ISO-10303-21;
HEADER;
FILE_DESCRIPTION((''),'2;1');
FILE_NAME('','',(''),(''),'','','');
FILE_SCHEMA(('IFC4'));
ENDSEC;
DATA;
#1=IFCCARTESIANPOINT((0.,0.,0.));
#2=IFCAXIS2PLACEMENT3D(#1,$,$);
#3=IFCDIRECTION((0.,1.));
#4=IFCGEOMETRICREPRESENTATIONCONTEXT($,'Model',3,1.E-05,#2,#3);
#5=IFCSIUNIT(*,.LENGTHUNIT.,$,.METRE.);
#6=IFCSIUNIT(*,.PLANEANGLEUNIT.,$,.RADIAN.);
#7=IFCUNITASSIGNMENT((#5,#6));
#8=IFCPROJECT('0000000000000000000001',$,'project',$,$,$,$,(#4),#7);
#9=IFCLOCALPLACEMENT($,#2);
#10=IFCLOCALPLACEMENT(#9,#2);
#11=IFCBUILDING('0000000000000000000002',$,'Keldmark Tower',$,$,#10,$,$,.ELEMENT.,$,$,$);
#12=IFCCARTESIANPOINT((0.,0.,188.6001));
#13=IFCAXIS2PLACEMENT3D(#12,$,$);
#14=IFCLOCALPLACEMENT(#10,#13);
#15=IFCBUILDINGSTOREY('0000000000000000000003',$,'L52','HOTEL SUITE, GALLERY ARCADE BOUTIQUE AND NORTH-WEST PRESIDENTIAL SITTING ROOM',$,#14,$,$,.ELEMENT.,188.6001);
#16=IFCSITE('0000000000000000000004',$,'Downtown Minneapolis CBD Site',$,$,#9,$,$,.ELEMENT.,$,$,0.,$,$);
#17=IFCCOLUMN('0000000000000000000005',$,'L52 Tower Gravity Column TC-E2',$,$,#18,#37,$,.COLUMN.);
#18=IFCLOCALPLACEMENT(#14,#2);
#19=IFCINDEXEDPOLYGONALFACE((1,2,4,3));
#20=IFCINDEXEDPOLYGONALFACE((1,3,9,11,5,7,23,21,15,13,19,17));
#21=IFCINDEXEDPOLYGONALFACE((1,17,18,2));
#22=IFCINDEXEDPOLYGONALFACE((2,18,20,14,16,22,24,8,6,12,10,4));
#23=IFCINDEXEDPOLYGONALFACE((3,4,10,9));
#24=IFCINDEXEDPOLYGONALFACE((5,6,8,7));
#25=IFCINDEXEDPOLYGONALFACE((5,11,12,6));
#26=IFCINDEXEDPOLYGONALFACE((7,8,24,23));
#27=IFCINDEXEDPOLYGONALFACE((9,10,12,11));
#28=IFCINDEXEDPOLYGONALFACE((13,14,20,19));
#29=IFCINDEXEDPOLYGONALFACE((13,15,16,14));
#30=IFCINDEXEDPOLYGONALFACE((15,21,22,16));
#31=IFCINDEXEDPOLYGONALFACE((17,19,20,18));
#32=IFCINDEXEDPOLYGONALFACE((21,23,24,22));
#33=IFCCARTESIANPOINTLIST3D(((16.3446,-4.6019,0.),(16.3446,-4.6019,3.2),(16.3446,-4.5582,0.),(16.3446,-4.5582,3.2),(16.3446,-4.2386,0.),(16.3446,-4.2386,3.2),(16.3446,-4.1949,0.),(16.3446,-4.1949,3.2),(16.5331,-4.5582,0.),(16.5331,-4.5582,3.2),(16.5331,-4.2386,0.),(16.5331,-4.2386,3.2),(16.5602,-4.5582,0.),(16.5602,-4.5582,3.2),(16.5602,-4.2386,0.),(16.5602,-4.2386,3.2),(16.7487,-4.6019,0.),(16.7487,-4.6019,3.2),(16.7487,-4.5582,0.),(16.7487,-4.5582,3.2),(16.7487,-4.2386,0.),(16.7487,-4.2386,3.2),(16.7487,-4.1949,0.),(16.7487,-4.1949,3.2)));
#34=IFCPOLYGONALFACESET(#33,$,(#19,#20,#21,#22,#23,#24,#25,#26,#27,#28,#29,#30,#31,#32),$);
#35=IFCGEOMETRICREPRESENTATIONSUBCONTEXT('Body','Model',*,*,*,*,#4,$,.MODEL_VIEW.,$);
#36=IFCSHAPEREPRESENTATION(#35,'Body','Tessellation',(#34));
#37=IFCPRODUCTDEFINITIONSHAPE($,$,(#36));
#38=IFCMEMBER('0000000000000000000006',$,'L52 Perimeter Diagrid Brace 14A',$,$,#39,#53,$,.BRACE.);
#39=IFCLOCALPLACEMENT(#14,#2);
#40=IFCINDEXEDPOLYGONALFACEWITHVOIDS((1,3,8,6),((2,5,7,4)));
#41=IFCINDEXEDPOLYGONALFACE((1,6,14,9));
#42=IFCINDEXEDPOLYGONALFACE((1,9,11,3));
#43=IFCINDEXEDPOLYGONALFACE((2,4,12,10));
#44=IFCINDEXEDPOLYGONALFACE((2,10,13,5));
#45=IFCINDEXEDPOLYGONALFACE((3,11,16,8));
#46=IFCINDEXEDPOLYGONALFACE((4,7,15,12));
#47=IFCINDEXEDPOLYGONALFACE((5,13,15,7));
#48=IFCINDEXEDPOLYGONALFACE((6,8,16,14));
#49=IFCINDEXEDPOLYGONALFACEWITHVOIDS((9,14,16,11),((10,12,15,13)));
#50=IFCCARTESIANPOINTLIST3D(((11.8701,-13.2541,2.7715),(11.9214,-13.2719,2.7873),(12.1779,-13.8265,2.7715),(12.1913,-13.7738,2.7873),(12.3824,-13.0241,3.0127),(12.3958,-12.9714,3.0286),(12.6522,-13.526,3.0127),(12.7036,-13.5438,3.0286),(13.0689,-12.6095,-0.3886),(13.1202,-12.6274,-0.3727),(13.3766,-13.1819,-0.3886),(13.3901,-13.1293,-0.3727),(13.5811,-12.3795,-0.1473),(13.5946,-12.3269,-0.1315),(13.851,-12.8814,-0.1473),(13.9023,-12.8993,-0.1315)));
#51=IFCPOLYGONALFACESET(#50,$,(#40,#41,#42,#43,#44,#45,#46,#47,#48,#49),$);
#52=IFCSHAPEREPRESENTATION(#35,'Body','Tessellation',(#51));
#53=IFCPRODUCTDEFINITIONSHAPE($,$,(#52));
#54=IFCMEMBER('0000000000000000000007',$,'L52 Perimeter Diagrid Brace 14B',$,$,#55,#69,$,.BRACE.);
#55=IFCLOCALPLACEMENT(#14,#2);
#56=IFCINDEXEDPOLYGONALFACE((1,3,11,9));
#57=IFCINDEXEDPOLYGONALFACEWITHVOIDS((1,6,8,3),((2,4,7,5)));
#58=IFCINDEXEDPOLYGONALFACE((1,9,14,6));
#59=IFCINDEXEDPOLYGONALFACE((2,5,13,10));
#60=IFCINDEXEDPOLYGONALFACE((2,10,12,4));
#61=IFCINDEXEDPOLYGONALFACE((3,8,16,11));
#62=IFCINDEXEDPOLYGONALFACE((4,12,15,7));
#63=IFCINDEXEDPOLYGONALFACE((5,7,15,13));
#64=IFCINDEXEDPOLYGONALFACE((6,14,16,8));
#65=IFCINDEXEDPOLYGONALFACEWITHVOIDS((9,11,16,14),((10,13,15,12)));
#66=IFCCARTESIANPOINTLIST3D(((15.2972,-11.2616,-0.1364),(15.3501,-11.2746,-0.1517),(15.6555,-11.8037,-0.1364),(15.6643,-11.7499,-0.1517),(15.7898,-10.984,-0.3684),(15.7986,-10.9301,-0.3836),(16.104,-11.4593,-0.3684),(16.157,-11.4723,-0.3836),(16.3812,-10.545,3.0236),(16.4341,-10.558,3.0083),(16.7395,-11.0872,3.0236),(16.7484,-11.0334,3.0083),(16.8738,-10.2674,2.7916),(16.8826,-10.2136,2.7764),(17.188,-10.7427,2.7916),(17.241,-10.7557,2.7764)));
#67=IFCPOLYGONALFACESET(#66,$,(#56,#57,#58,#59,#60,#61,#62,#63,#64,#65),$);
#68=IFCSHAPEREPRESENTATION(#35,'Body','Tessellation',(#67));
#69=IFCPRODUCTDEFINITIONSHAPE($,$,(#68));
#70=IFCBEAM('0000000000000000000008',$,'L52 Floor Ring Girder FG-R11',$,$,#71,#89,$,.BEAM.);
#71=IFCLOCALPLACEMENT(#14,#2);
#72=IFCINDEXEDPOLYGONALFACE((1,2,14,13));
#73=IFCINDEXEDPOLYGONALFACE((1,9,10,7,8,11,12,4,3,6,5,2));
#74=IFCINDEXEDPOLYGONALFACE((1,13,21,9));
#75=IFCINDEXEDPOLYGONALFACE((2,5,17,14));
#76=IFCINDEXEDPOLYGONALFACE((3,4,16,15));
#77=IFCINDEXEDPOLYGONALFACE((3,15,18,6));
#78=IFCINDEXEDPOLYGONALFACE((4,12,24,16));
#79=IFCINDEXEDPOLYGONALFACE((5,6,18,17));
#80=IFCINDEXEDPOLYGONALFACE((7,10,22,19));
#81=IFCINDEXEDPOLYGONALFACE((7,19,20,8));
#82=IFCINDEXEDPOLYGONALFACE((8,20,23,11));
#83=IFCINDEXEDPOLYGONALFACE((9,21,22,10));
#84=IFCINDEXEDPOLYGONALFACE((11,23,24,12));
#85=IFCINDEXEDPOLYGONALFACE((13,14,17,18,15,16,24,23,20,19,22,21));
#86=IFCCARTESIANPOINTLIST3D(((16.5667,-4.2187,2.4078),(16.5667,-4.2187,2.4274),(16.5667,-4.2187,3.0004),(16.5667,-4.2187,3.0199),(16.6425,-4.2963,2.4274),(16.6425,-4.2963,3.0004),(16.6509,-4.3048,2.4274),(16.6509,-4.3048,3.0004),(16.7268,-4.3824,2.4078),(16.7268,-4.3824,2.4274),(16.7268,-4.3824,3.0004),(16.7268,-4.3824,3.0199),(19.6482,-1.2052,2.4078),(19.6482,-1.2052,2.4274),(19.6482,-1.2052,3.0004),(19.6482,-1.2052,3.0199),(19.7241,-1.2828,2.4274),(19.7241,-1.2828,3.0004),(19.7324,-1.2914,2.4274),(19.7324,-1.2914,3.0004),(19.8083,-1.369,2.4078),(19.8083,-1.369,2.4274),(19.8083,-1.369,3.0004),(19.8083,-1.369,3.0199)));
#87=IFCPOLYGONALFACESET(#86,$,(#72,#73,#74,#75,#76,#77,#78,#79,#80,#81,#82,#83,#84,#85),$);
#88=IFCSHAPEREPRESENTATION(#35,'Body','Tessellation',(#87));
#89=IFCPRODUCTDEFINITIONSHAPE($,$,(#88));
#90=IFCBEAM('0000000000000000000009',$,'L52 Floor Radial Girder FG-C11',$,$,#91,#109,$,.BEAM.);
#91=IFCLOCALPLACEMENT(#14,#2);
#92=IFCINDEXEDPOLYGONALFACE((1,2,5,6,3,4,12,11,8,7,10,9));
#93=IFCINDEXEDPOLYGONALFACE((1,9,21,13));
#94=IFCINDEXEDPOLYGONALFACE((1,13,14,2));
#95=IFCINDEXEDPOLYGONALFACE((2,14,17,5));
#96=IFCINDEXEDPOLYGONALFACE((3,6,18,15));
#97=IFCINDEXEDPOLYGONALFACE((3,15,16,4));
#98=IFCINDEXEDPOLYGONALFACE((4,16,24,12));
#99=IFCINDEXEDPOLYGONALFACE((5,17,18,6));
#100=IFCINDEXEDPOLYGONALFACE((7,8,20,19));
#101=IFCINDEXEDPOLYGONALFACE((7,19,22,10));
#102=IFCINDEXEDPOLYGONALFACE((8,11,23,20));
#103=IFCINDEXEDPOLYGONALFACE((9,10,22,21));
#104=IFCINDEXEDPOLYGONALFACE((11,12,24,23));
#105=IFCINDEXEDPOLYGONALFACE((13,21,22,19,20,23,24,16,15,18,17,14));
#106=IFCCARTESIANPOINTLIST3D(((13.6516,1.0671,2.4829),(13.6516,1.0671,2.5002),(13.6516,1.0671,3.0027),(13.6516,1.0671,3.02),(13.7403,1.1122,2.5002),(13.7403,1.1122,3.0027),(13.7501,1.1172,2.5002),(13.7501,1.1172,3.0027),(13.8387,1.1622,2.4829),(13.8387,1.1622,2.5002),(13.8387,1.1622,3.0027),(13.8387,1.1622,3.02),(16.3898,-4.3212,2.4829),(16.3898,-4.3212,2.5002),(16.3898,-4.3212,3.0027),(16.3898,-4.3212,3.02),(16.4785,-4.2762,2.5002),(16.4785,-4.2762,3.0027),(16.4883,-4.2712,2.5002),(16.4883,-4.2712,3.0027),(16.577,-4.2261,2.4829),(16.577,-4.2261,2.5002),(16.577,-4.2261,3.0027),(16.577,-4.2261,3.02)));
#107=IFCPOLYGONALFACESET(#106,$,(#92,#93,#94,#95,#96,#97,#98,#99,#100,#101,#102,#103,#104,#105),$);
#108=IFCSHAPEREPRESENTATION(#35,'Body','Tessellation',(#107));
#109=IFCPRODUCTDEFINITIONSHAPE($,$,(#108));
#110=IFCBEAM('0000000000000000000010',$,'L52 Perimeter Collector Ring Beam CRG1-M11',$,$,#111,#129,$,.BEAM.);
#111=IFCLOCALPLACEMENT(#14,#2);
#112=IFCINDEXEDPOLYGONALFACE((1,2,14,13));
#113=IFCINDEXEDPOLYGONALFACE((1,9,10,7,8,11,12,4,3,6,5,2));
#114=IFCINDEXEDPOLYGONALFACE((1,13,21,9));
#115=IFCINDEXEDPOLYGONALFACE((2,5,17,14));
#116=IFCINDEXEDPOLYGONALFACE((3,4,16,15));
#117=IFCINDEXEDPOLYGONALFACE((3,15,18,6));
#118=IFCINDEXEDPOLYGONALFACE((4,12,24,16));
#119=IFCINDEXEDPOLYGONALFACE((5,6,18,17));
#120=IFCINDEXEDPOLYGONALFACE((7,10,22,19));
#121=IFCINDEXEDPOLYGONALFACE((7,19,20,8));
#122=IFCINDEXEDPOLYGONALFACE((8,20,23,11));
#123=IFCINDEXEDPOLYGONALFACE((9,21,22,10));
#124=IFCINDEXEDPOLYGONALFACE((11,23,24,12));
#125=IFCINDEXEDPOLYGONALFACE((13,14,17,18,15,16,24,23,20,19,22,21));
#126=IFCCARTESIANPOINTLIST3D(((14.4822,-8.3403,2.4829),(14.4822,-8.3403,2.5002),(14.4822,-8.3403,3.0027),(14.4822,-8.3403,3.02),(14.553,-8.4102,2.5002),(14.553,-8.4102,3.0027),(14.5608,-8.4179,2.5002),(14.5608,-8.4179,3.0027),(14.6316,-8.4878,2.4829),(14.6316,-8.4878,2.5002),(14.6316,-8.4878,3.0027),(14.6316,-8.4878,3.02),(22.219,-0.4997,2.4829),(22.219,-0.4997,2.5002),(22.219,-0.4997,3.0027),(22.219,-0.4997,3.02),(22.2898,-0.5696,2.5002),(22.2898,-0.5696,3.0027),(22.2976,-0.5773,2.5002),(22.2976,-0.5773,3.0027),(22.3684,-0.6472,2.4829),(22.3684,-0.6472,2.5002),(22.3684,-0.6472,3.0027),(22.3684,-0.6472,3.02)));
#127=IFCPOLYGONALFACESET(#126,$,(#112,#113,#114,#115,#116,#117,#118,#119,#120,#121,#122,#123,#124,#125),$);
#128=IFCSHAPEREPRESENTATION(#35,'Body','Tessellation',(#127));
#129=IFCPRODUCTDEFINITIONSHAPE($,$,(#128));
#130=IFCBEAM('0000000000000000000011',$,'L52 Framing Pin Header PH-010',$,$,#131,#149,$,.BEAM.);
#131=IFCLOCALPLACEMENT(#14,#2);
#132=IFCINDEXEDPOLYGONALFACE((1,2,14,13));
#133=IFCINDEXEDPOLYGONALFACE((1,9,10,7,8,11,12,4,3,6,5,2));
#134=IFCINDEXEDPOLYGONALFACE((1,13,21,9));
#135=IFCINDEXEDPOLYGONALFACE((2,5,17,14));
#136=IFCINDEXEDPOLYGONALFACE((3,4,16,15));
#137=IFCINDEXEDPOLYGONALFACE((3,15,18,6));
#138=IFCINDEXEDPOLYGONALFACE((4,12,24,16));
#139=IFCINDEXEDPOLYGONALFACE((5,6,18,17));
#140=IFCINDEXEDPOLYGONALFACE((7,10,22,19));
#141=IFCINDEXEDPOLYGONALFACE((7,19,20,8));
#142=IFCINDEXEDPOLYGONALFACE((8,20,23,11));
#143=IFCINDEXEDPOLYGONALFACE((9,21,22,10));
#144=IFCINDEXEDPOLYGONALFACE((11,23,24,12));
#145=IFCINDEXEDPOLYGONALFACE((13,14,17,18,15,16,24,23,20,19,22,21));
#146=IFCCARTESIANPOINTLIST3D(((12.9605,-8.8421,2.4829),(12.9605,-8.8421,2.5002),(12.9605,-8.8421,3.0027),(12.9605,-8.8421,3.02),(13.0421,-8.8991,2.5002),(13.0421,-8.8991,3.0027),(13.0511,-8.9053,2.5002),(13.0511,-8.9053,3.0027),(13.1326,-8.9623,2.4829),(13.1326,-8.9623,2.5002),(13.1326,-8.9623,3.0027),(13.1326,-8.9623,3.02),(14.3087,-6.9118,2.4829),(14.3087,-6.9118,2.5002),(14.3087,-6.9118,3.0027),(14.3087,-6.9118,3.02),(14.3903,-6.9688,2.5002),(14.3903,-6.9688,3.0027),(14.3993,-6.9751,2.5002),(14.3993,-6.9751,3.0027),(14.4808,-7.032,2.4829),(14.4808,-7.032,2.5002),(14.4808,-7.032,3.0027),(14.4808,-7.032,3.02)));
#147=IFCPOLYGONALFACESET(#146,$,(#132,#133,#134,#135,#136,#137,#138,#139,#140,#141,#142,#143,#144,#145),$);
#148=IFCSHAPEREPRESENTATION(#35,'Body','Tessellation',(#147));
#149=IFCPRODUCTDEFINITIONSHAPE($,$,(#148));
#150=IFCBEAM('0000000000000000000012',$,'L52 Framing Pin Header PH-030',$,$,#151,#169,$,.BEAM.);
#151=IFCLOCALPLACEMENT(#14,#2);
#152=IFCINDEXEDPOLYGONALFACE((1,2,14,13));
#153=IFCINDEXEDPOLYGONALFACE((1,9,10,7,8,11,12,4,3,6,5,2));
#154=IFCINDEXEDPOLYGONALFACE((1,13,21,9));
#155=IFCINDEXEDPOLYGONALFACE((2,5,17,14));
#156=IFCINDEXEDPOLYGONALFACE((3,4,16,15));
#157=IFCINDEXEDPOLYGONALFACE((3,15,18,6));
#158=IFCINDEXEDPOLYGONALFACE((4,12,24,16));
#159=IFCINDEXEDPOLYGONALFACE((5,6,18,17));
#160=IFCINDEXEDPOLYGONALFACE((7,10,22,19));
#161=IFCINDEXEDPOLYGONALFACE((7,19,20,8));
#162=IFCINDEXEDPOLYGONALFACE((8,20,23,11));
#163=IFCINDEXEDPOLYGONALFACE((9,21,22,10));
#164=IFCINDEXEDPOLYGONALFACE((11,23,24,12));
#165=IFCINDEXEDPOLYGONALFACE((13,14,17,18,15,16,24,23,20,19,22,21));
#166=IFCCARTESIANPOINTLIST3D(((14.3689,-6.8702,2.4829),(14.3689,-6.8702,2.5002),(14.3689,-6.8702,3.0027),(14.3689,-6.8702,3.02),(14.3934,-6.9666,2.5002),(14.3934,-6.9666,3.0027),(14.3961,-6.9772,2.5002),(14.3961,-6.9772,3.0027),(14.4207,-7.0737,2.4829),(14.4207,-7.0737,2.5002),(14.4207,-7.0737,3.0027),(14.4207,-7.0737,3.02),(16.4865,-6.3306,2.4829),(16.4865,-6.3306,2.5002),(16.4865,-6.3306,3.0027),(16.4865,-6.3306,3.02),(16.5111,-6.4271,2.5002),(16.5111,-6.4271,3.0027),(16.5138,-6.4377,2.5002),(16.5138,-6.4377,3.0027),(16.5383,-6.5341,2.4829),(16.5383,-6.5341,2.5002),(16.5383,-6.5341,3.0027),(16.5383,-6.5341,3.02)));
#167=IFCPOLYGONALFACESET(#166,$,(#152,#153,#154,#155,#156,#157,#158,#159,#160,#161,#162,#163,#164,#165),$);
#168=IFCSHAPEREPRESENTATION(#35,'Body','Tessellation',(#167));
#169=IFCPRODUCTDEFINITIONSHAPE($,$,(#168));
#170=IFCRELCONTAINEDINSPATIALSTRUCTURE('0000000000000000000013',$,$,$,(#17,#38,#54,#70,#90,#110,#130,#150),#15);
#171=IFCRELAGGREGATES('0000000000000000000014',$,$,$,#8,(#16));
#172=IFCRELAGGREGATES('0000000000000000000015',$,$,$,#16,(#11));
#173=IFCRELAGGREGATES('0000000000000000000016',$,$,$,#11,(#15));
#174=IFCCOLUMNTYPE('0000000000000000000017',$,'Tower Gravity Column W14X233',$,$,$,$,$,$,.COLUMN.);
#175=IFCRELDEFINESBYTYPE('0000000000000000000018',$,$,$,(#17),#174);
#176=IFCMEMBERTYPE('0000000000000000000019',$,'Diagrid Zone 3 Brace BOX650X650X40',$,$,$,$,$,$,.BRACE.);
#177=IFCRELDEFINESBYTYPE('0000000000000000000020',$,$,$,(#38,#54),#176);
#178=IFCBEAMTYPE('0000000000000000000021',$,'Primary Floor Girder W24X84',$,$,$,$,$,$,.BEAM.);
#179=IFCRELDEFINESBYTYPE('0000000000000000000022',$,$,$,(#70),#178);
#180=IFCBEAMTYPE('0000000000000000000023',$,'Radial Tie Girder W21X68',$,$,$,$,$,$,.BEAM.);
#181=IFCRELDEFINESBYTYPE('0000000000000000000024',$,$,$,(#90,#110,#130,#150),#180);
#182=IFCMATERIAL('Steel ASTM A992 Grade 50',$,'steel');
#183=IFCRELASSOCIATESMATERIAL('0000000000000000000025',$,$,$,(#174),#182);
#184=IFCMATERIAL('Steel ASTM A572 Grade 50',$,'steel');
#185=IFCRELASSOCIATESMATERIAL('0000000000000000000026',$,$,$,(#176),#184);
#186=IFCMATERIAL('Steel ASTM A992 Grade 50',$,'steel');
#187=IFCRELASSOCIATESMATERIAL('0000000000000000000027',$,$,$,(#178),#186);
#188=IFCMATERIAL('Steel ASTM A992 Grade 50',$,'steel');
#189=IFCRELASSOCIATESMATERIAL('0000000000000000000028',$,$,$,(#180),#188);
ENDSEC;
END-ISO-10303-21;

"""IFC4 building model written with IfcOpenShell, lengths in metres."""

from ifc_helpers import new_model, si_unit, direction, frame, origin, origin_2d, place, context, subcontext, project, spatial, hollow_rectangle, i_section, extrude, material, material_profile, profile_set, type_object, element, save


model = new_model("IFC4")

# Units and contexts
model_context = context("Model", 3, precision=1e-05, world=origin(), true_north=direction((0.0, 1.0)))
body_context = subcontext(model_context, "Body", "Model", "MODEL_VIEW")
ifc_project = project(units=[si_unit("LENGTHUNIT", "METRE"), si_unit("PLANEANGLEUNIT", "RADIAN")], contexts=[model_context])

# Site, building, storey
site_placement = place(None, origin())
site = spatial("IfcSite", under=ifc_project, at=site_placement, Name="Downtown Minneapolis CBD Site", CompositionType="ELEMENT", RefElevation=0.0)
building_placement = place(site_placement, origin())
building = spatial("IfcBuilding", under=site, at=building_placement, Name="Keldmark Tower", CompositionType="ELEMENT")
storey_placement = place(building_placement, frame((0.0, 0.0, 188.6001)))
storey = spatial("IfcBuildingStorey", under=building, at=storey_placement, Name="L52", Description="HOTEL SUITE, GALLERY ARCADE BOUTIQUE AND NORTH-WEST PRESIDENTIAL SITTING ROOM", CompositionType="ELEMENT", Elevation=188.6001)

# Column
ifc_material_1 = material(Name="Steel ASTM A992 Grade 50", Category="steel")
ifc_material_profile_1 = material_profile(ifc_material_1, i_section(OverallWidth=0.4041, OverallDepth=0.407, WebThickness=0.0271, FlangeThickness=0.0437, at=origin_2d()), Name="W14X233")
ifc_profile_set_1 = profile_set([ifc_material_profile_1], Name="Steel ASTM A992 Grade 50")
column_type = type_object("IfcColumnType", Name="Tower Gravity Column W14X233", PredefinedType="COLUMN", material=ifc_profile_set_1)
column_placement = place(storey_placement, frame((16.5466, -4.3984, 0.0), z_axis=(0.0, 0.0, 1.0), x_axis=(1.0, 0.0, 0.0)))
element("IfcColumn", 1, at=column_placement, inside=storey, type_object=column_type, Name="L52 Tower Gravity Column TC-E2", PredefinedType="COLUMN", context=body_context, shape_type="SweptSolid", body=[
    extrude(i_section(OverallWidth=0.4041, OverallDepth=0.407, WebThickness=0.0271, FlangeThickness=0.0437, at=origin_2d()), origin(), (0.0, 0.0, 1.0), 3.2),
])

# Members
ifc_material_2 = material(Name="Steel ASTM A572 Grade 50", Category="steel")
ifc_material_profile_2 = material_profile(ifc_material_2, hollow_rectangle(XDim=0.6499, YDim=0.6499, WallThickness=0.04, at=origin_2d()), Name="BOX650X650X40")
ifc_profile_set_2 = profile_set([ifc_material_profile_2], Name="Steel ASTM A572 Grade 50")
member_type = type_object("IfcMemberType", Name="Diagrid Zone 3 Brace BOX650X650X40", PredefinedType="BRACE", material=ifc_profile_set_2)
member_1_placement = place(storey_placement, frame((13.4856, -12.7544, -0.26), z_axis=(-0.348412, -0.187334, 0.918431), x_axis=(0.473565, -0.880759, 0.0)))
element("IfcMember", 2, at=member_1_placement, inside=storey, type_object=member_type, Name="L52 Perimeter Diagrid Brace 14A", PredefinedType="BRACE", context=body_context, shape_type="SweptSolid", body=[
    extrude(hollow_rectangle(XDim=0.6499, YDim=0.6499, WallThickness=0.04, at=origin_2d()), origin(), (0.0, 0.0, 1.0), 3.4407),
])
member_2_placement = place(storey_placement, frame((15.7271, -11.3669, -0.26), z_axis=(0.317265, 0.209724, 0.924856), x_axis=(-0.551444, 0.834212, 0.0)))
element("IfcMember", 3, at=member_2_placement, inside=storey, type_object=member_type, Name="L52 Perimeter Diagrid Brace 14B", PredefinedType="BRACE", context=body_context, shape_type="SweptSolid", body=[
    extrude(hollow_rectangle(XDim=0.6499, YDim=0.6499, WallThickness=0.04, at=origin_2d()), origin(), (0.0, 0.0, 1.0), 3.4167),
])

# Beams
ifc_material_3 = material(Name="Steel ASTM A992 Grade 50", Category="steel")
ifc_material_profile_3 = material_profile(ifc_material_3, i_section(OverallWidth=0.229, OverallDepth=0.6121, WebThickness=0.012, FlangeThickness=0.0195, at=origin_2d()), Name="W24X84")
ifc_profile_set_3 = profile_set([ifc_material_profile_3], Name="Steel ASTM A992 Grade 50")
beam_type_1 = type_object("IfcBeamType", Name="Primary Floor Girder W24X84", PredefinedType="BEAM", material=ifc_profile_set_3)
beam_1_placement = place(storey_placement, frame((16.6467, -4.3005, 2.7139), z_axis=(0.714965, 0.699161, 0.0), x_axis=(-0.699161, 0.714965, 0.0)))
element("IfcBeam", 4, at=beam_1_placement, inside=storey, type_object=beam_type_1, Name="L52 Floor Ring Girder FG-R11", PredefinedType="BEAM", context=body_context, shape_type="SweptSolid", body=[
    extrude(i_section(OverallWidth=0.229, OverallDepth=0.6121, WebThickness=0.012, FlangeThickness=0.0195, at=origin_2d()), origin(), (0.0, 0.0, 1.0), 4.3101),
])
ifc_material_4 = material(Name="Steel ASTM A992 Grade 50", Category="steel")
ifc_material_profile_4 = material_profile(ifc_material_4, i_section(OverallWidth=0.21, OverallDepth=0.5371, WebThickness=0.011, FlangeThickness=0.0173, at=origin_2d()), Name="W21X68")
ifc_profile_set_4 = profile_set([ifc_material_profile_4], Name="Steel ASTM A992 Grade 50")
beam_type_2 = type_object("IfcBeamType", Name="Radial Tie Girder W21X68", PredefinedType="BEAM", material=ifc_profile_set_4)
beam_2_placement = place(storey_placement, frame((16.4834, -4.2737, 2.7515), z_axis=(-0.453037, 0.891492, 0.0), x_axis=(-0.891492, -0.453037, 0.0)))
element("IfcBeam", 5, at=beam_2_placement, inside=storey, type_object=beam_type_2, Name="L52 Floor Radial Girder FG-C11", PredefinedType="BEAM", context=body_context, shape_type="SweptSolid", body=[
    extrude(i_section(OverallWidth=0.21, OverallDepth=0.5371, WebThickness=0.011, FlangeThickness=0.0173, at=origin_2d()), origin(), (0.0, 0.0, 1.0), 6.0442),
])
beam_3_placement = place(storey_placement, frame((14.5569, -8.4141, 2.7515), z_axis=(0.702381, 0.711801, 0.0), x_axis=(-0.711801, 0.702381, 0.0)))
element("IfcBeam", 6, at=beam_3_placement, inside=storey, type_object=beam_type_2, Name="L52 Perimeter Collector Ring Beam CRG1-M11", PredefinedType="BEAM", context=body_context, shape_type="SweptSolid", body=[
    extrude(i_section(OverallWidth=0.21, OverallDepth=0.5371, WebThickness=0.011, FlangeThickness=0.0173, at=origin_2d()), origin(), (0.0, 0.0, 1.0), 11.0151),
])
beam_4_placement = place(storey_placement, frame((14.3948, -6.9719, 2.7515), z_axis=(-0.572613, -0.819826, 0.0), x_axis=(0.819826, -0.572613, 0.0)))
element("IfcBeam", 7, at=beam_4_placement, inside=storey, type_object=beam_type_2, Name="L52 Framing Pin Header PH-010", PredefinedType="BEAM", context=body_context, shape_type="SweptSolid", body=[
    extrude(i_section(OverallWidth=0.21, OverallDepth=0.5371, WebThickness=0.011, FlangeThickness=0.0173, at=origin_2d()), origin(), (0.0, 0.0, 1.0), 2.3545),
])
beam_5_placement = place(storey_placement, frame((14.3948, -6.9719, 2.7515), z_axis=(0.969042, 0.246897, 0.0), x_axis=(-0.246897, 0.969042, 0.0)))
element("IfcBeam", 8, at=beam_5_placement, inside=storey, type_object=beam_type_2, Name="L52 Framing Pin Header PH-030", PredefinedType="BEAM", context=body_context, shape_type="SweptSolid", body=[
    extrude(i_section(OverallWidth=0.21, OverallDepth=0.5371, WebThickness=0.011, FlangeThickness=0.0173, at=origin_2d()), origin(), (0.0, 0.0, 1.0), 2.1853),
])

save(model, "model.ifc")
